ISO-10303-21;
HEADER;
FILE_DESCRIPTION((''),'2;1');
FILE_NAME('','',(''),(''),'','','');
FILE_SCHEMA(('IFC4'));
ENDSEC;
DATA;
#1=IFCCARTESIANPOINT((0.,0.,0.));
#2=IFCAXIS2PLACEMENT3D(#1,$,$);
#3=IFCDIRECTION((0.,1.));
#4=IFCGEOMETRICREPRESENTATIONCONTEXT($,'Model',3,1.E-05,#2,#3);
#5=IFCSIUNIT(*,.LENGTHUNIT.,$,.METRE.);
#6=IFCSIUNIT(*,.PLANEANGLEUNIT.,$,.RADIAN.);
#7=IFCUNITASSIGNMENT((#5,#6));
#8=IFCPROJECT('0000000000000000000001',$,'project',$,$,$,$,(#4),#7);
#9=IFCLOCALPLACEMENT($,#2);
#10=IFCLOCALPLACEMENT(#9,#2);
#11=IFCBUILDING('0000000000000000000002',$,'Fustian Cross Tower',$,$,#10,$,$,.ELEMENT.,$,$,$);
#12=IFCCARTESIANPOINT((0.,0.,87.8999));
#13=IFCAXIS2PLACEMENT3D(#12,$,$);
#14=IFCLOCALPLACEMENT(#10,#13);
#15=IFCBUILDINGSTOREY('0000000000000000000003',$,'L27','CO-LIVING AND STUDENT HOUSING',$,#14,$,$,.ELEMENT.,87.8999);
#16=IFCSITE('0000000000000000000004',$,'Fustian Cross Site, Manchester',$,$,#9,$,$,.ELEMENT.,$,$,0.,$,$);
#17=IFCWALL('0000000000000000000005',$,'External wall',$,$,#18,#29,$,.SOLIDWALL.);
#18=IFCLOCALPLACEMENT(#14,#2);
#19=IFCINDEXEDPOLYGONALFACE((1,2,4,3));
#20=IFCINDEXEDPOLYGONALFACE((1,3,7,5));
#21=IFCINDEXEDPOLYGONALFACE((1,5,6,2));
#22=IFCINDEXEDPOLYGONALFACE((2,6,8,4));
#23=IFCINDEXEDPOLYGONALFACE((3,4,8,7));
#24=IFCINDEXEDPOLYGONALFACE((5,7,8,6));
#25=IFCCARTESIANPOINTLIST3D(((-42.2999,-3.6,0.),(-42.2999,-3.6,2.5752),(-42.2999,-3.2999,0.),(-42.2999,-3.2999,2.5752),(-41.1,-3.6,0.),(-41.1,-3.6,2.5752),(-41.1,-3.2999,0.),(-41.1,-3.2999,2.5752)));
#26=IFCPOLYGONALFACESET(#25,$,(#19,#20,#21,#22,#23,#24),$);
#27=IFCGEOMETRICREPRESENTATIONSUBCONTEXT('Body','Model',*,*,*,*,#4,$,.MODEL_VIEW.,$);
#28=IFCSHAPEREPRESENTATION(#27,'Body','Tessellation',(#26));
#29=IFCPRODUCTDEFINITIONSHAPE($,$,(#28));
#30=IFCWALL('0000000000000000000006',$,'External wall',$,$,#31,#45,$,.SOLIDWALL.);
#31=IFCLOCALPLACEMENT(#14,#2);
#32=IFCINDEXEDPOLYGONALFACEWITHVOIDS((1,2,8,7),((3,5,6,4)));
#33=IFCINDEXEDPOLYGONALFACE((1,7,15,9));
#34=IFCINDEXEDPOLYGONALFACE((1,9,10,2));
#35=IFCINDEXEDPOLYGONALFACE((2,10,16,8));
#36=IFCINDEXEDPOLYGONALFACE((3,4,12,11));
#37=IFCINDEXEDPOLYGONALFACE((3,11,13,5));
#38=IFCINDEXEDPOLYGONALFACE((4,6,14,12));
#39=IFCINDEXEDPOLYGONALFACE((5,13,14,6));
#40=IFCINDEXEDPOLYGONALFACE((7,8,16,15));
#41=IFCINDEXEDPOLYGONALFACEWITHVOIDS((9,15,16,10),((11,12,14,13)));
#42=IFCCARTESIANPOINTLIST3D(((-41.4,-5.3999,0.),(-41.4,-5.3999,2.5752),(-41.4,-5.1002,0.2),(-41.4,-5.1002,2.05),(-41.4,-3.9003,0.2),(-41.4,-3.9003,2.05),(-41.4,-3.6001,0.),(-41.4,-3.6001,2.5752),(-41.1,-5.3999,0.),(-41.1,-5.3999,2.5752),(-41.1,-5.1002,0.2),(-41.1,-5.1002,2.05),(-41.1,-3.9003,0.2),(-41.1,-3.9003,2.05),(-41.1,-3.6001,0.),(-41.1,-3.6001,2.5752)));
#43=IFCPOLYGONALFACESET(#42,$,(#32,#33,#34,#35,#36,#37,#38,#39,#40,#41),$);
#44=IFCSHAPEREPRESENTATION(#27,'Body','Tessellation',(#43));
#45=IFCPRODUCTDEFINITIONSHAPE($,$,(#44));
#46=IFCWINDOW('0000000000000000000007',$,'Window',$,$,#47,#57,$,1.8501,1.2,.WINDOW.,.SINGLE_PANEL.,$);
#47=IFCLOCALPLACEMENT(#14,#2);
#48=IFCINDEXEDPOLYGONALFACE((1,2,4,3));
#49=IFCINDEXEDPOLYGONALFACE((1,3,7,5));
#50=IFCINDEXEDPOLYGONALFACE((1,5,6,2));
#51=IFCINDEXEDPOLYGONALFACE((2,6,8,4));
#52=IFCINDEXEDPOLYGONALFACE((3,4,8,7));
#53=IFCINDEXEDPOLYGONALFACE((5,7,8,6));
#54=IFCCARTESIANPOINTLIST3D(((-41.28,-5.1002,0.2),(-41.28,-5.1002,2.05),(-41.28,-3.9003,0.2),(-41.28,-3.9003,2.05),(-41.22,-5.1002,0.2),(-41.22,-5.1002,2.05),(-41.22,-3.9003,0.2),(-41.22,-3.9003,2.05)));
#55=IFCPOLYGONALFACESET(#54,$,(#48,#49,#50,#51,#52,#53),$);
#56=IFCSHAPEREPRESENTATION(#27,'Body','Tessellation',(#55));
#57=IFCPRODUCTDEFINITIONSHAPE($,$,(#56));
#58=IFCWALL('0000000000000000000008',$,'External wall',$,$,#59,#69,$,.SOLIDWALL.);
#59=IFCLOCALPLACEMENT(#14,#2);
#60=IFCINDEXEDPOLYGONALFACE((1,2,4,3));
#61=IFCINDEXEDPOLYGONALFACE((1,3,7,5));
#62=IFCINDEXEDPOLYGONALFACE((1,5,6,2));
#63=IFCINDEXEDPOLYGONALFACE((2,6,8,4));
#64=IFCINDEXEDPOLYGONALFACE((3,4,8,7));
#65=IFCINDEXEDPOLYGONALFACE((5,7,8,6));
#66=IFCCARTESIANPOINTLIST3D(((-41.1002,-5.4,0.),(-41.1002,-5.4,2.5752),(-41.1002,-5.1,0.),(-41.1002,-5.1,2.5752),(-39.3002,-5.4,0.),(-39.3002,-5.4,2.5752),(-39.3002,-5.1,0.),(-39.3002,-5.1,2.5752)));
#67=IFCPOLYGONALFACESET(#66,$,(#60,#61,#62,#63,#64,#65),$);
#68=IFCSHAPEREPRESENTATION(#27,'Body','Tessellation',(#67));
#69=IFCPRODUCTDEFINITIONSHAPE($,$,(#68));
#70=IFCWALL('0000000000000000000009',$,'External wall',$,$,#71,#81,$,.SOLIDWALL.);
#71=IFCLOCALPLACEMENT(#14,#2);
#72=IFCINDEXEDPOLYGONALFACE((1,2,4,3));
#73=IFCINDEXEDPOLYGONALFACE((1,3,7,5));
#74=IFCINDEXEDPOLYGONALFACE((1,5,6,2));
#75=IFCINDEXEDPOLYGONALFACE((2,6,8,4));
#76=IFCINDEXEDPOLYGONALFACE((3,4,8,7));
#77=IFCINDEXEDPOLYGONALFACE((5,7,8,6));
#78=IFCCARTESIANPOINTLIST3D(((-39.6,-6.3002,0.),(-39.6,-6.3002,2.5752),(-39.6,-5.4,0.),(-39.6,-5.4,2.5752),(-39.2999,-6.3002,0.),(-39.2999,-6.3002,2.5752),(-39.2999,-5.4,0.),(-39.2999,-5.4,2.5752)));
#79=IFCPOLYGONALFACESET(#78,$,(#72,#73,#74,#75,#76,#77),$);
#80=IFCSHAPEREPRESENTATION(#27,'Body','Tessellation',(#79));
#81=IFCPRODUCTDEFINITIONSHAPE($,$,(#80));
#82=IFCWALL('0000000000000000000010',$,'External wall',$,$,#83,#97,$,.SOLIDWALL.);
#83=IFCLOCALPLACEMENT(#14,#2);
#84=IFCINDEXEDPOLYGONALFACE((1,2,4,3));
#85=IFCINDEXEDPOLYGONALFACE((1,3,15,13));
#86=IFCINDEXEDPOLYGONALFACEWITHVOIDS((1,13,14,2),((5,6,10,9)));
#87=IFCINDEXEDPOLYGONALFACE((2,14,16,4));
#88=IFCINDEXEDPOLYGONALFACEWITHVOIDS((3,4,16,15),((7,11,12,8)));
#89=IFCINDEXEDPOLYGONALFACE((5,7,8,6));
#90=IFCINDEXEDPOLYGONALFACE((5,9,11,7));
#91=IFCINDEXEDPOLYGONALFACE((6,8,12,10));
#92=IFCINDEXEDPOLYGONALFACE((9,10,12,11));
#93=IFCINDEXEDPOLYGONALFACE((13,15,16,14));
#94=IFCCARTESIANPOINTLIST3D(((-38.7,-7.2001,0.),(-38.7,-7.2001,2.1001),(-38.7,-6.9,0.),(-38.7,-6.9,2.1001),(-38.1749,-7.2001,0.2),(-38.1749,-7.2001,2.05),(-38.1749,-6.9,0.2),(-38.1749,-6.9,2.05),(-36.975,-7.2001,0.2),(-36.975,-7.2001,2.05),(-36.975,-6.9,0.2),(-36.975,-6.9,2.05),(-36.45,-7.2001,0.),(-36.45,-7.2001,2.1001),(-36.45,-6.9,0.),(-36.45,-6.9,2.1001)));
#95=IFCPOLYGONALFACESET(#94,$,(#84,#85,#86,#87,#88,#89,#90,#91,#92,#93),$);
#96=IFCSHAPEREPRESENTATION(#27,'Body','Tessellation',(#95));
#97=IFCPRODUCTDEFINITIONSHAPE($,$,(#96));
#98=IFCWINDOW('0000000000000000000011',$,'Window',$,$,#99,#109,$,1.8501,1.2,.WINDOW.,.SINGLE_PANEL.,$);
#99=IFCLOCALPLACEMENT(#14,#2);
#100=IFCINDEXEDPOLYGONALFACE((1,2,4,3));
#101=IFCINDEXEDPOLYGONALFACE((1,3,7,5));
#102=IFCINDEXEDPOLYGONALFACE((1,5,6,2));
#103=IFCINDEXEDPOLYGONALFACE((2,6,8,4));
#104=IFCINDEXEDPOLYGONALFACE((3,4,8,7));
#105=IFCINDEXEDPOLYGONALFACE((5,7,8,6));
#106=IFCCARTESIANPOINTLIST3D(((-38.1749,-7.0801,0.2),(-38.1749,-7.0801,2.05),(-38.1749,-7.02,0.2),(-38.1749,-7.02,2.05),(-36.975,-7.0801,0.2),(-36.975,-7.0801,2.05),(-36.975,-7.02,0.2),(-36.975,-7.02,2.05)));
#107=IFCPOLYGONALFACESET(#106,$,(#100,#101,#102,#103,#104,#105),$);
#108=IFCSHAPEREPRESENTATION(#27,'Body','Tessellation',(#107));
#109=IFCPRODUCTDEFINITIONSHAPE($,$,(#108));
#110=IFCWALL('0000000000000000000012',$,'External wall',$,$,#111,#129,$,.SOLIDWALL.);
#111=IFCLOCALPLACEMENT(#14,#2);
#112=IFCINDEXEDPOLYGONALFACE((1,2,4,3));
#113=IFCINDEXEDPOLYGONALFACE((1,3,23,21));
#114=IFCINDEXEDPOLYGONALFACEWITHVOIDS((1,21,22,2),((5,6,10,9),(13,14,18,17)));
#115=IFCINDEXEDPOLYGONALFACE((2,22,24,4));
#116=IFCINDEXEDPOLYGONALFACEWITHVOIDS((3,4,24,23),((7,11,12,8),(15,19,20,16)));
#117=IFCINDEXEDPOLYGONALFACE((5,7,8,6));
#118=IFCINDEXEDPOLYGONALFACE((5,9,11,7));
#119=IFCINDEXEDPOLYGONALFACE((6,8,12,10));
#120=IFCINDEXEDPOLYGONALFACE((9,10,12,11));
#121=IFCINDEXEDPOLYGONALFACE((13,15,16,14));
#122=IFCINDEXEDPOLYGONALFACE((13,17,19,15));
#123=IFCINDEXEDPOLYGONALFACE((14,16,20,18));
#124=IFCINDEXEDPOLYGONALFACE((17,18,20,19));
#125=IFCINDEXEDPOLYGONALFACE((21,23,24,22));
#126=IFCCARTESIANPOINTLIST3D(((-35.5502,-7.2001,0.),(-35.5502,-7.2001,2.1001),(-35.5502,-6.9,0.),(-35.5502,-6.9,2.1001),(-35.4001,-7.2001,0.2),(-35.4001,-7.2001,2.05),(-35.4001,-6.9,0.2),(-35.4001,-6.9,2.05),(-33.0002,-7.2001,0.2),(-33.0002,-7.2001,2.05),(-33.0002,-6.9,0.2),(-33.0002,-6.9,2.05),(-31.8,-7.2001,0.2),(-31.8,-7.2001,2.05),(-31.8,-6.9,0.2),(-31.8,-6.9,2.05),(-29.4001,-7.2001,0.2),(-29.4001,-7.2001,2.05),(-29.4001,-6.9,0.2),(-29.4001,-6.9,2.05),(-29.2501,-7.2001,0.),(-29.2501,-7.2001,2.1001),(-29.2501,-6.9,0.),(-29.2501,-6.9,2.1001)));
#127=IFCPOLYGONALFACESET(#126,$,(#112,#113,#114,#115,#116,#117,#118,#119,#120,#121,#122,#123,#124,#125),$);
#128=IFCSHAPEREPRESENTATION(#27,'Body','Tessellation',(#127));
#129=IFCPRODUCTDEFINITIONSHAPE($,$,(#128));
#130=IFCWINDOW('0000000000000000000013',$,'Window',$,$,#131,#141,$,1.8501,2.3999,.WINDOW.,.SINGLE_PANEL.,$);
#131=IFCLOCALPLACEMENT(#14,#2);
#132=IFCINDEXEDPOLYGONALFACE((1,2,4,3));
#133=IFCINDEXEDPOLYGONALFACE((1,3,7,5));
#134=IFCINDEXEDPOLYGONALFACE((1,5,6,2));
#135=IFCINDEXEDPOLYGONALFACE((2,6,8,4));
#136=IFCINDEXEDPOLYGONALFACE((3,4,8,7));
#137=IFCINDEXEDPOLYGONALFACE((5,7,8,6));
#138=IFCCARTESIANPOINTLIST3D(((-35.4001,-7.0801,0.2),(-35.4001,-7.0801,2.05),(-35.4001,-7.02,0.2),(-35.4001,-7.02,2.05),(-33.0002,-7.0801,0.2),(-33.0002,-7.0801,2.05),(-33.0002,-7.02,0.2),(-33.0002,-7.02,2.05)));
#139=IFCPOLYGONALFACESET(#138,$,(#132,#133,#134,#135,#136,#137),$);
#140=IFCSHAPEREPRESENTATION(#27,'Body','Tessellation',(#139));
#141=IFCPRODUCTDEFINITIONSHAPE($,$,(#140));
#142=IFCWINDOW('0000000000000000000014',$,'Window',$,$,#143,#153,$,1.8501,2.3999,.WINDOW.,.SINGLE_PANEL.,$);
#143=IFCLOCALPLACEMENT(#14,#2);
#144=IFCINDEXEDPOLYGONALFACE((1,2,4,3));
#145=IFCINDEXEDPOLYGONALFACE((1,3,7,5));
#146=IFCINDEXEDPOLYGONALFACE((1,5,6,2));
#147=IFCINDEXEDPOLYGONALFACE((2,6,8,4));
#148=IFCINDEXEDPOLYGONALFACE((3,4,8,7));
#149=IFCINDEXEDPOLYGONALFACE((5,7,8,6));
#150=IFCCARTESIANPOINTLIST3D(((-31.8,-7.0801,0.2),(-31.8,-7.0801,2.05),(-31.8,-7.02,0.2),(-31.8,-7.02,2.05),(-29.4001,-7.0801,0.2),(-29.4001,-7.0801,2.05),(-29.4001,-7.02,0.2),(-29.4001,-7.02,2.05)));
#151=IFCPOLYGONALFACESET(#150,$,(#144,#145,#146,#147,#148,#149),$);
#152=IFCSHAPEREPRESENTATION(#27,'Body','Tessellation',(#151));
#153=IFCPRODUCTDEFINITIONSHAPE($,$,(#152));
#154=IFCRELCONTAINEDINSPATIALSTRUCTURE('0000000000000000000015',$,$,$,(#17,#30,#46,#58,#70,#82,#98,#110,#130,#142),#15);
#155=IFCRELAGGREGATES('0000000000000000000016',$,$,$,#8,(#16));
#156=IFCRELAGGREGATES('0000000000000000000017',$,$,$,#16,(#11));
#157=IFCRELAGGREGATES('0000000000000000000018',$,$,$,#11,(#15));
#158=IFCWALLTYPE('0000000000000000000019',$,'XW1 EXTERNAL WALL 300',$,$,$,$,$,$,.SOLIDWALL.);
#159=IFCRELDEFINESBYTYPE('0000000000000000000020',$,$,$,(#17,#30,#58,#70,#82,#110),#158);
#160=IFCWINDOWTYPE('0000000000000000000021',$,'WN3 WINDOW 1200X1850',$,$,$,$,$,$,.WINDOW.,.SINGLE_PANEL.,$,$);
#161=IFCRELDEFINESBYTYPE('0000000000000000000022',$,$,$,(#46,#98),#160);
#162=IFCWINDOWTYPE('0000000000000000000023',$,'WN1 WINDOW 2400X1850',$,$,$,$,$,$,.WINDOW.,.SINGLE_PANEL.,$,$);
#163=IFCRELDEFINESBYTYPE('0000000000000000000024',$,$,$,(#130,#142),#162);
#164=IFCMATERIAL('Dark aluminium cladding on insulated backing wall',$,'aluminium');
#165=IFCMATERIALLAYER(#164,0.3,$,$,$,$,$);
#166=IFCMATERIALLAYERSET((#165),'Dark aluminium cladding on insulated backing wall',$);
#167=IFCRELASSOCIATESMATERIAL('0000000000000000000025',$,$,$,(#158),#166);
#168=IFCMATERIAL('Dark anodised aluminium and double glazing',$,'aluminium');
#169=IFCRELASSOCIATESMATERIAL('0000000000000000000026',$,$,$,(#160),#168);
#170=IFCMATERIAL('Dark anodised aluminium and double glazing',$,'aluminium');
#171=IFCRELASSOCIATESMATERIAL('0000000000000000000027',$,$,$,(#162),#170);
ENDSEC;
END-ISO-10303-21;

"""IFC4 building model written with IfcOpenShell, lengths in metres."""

from ifc_helpers import new_model, si_unit, direction, frame, frame_2d, origin, place, context, subcontext, project, spatial, rectangle, extrude, material, layer, layer_set, type_object, element, fill, save


model = new_model("IFC4")

# Units and contexts
model_context = context("Model", 3, precision=1e-05, world=origin(), true_north=direction((0.0, 1.0)))
body_context = subcontext(model_context, "Body", "Model", "MODEL_VIEW")
ifc_project = project(units=[si_unit("LENGTHUNIT", "METRE"), si_unit("PLANEANGLEUNIT", "RADIAN")], contexts=[model_context])

# Site, building, storey
site_placement = place(None, origin())
site = spatial("IfcSite", under=ifc_project, at=site_placement, Name="Fustian Cross Site, Manchester", CompositionType="ELEMENT", RefElevation=0.0)
building_placement = place(site_placement, origin())
building = spatial("IfcBuilding", under=site, at=building_placement, Name="Fustian Cross Tower", CompositionType="ELEMENT")
storey_placement = place(building_placement, frame((0.0, 0.0, 87.8999)))
storey = spatial("IfcBuildingStorey", under=building, at=storey_placement, Name="L27", Description="CO-LIVING AND STUDENT HOUSING", CompositionType="ELEMENT", Elevation=87.8999)

# Wall
ifc_material_1 = material(Name="Dark aluminium cladding on insulated backing wall", Category="aluminium")
ifc_layer_1 = layer(ifc_material_1, 0.3)
ifc_layer_set_1 = layer_set([ifc_layer_1], Name="Dark aluminium cladding on insulated backing wall")
wall_type_1 = type_object("IfcWallType", Name="XW1 EXTERNAL WALL 300", PredefinedType="SOLIDWALL", material=ifc_layer_set_1)
wall_1_placement = place(storey_placement, frame((-42.3, -3.45, 0.0), z_axis=(0.0, 0.0, 1.0), x_axis=(1.0, 0.0, 0.0)))
element("IfcWall", 1, at=wall_1_placement, inside=storey, type_object=wall_type_1, Name="External wall", PredefinedType="SOLIDWALL", context=body_context, shape_type="SweptSolid", body=[
    extrude(rectangle(XDim=1.2, YDim=0.3, at=frame_2d((0.6001, 0.0))), origin(), (0.0, 0.0, 1.0), 2.5752),
])

# Wall, opening, window
wall_2_placement = place(storey_placement, frame((-41.25, -3.6001, 0.0), z_axis=(0.0, 0.0, 1.0), x_axis=(0.0, -1.0, 0.0)))
wall_2 = element("IfcWall", 2, at=wall_2_placement, inside=storey, type_object=wall_type_1, Name="External wall", PredefinedType="SOLIDWALL", context=body_context, shape_type="SweptSolid", body=[
    extrude(rectangle(XDim=1.7998, YDim=0.3, at=frame_2d((0.8999, 0.0))), origin(), (0.0, 0.0, 1.0), 2.5752),
])
opening_1_placement = place(wall_2_placement, frame((0.3, 0.0, 0.2)))
opening_1 = element("IfcOpeningElement", 3, at=opening_1_placement, cuts=wall_2, PredefinedType="OPENING", context=body_context, shape_type="SweptSolid", body=[
    extrude(rectangle(XDim=1.2, YDim=1.8501, at=frame_2d((0.6001, 0.925))), frame((0.0, 0.1599, 0.0), z_axis=(0.0, -1.0, 0.0), x_axis=(1.0, 0.0, 0.0)), (0.0, 0.0, 1.0), 0.3201),
])
ifc_material_2 = material(Name="Dark anodised aluminium and double glazing", Category="aluminium")
window_type_1 = type_object("IfcWindowType", Name="WN3 WINDOW 1200X1850", PartitioningType="SINGLE_PANEL", PredefinedType="WINDOW", material=ifc_material_2)
window_1_placement = place(opening_1_placement, origin())
window_1 = element("IfcWindow", 4, at=window_1_placement, inside=storey, type_object=window_type_1, Name="Window", OverallHeight=1.8501, OverallWidth=1.2, PartitioningType="SINGLE_PANEL", PredefinedType="WINDOW", context=body_context, shape_type="SweptSolid", body=[
    extrude(rectangle(XDim=1.2, YDim=1.8501, at=frame_2d((0.6001, 0.925))), frame((0.0, 0.03, 0.0), z_axis=(0.0, -1.0, 0.0), x_axis=(1.0, 0.0, 0.0)), (0.0, 0.0, 1.0), 0.0601),
])
fill(opening_1, window_1)

# Walls
wall_3_placement = place(storey_placement, frame((-41.1001, -5.25, 0.0), z_axis=(0.0, 0.0, 1.0), x_axis=(1.0, 0.0, 0.0)))
element("IfcWall", 5, at=wall_3_placement, inside=storey, type_object=wall_type_1, Name="External wall", PredefinedType="SOLIDWALL", context=body_context, shape_type="SweptSolid", body=[
    extrude(rectangle(XDim=1.8, YDim=0.3, at=frame_2d((0.8999, 0.0))), origin(), (0.0, 0.0, 1.0), 2.5752),
])
wall_4_placement = place(storey_placement, frame((-39.45, -5.3999, 0.0), z_axis=(0.0, 0.0, 1.0), x_axis=(0.0, -1.0, 0.0)))
element("IfcWall", 6, at=wall_4_placement, inside=storey, type_object=wall_type_1, Name="External wall", PredefinedType="SOLIDWALL", context=body_context, shape_type="SweptSolid", body=[
    extrude(rectangle(XDim=0.9001, YDim=0.3, at=frame_2d((0.4502, 0.0))), origin(), (0.0, 0.0, 1.0), 2.5752),
])

# Wall, opening, window
wall_5_placement = place(storey_placement, frame((-38.7, -7.05, 0.0), z_axis=(0.0, 0.0, 1.0), x_axis=(1.0, 0.0, 0.0)))
wall_5 = element("IfcWall", 7, at=wall_5_placement, inside=storey, type_object=wall_type_1, Name="External wall", PredefinedType="SOLIDWALL", context=body_context, shape_type="SweptSolid", body=[
    extrude(rectangle(XDim=2.25, YDim=0.3, at=frame_2d((1.125, 0.0))), origin(), (0.0, 0.0, 1.0), 2.1001),
])
opening_2_placement = place(wall_5_placement, frame((0.5249, 0.0, 0.2)))
opening_2 = element("IfcOpeningElement", 8, at=opening_2_placement, cuts=wall_5, PredefinedType="OPENING", context=body_context, shape_type="SweptSolid", body=[
    extrude(rectangle(XDim=1.2, YDim=1.8501, at=frame_2d((0.6001, 0.925))), frame((0.0, 0.1599, 0.0), z_axis=(0.0, -1.0, 0.0), x_axis=(1.0, 0.0, 0.0)), (0.0, 0.0, 1.0), 0.3201),
])
window_2_placement = place(opening_2_placement, origin())
window_2 = element("IfcWindow", 9, at=window_2_placement, inside=storey, type_object=window_type_1, Name="Window", OverallHeight=1.8501, OverallWidth=1.2, PartitioningType="SINGLE_PANEL", PredefinedType="WINDOW", context=body_context, shape_type="SweptSolid", body=[
    extrude(rectangle(XDim=1.2, YDim=1.8501, at=frame_2d((0.6001, 0.925))), frame((0.0, 0.03, 0.0), z_axis=(0.0, -1.0, 0.0), x_axis=(1.0, 0.0, 0.0)), (0.0, 0.0, 1.0), 0.0601),
])
fill(opening_2, window_2)

# Wall, openings, windows
wall_6_placement = place(storey_placement, frame((-35.55, -7.05, 0.0), z_axis=(0.0, 0.0, 1.0), x_axis=(1.0, 0.0, 0.0)))
wall_6 = element("IfcWall", 10, at=wall_6_placement, inside=storey, type_object=wall_type_1, Name="External wall", PredefinedType="SOLIDWALL", context=body_context, shape_type="SweptSolid", body=[
    extrude(rectangle(XDim=6.3, YDim=0.3, at=frame_2d((3.1499, 0.0))), origin(), (0.0, 0.0, 1.0), 2.1001),
])
opening_3_placement = place(wall_6_placement, frame((0.1499, 0.0, 0.2)))
opening_3 = element("IfcOpeningElement", 11, at=opening_3_placement, cuts=wall_6, PredefinedType="OPENING", context=body_context, shape_type="SweptSolid", body=[
    extrude(rectangle(XDim=2.3999, YDim=1.8501, at=frame_2d((1.2, 0.925))), frame((0.0, 0.1599, 0.0), z_axis=(0.0, -1.0, 0.0), x_axis=(1.0, 0.0, 0.0)), (0.0, 0.0, 1.0), 0.3201),
])
opening_4_placement = place(wall_6_placement, frame((3.75, 0.0, 0.2)))
opening_4 = element("IfcOpeningElement", 12, at=opening_4_placement, cuts=wall_6, PredefinedType="OPENING", context=body_context, shape_type="SweptSolid", body=[
    extrude(rectangle(XDim=2.3999, YDim=1.8501, at=frame_2d((1.2, 0.925))), frame((0.0, 0.1599, 0.0), z_axis=(0.0, -1.0, 0.0), x_axis=(1.0, 0.0, 0.0)), (0.0, 0.0, 1.0), 0.3201),
])
ifc_material_3 = material(Name="Dark anodised aluminium and double glazing", Category="aluminium")
window_type_2 = type_object("IfcWindowType", Name="WN1 WINDOW 2400X1850", PartitioningType="SINGLE_PANEL", PredefinedType="WINDOW", material=ifc_material_3)
window_3_placement = place(opening_3_placement, origin())
window_3 = element("IfcWindow", 13, at=window_3_placement, inside=storey, type_object=window_type_2, Name="Window", OverallHeight=1.8501, OverallWidth=2.3999, PartitioningType="SINGLE_PANEL", PredefinedType="WINDOW", context=body_context, shape_type="SweptSolid", body=[
    extrude(rectangle(XDim=2.3999, YDim=1.8501, at=frame_2d((1.2, 0.925))), frame((0.0, 0.03, 0.0), z_axis=(0.0, -1.0, 0.0), x_axis=(1.0, 0.0, 0.0)), (0.0, 0.0, 1.0), 0.0601),
])
fill(opening_3, window_3)
window_4_placement = place(opening_4_placement, origin())
window_4 = element("IfcWindow", 14, at=window_4_placement, inside=storey, type_object=window_type_2, Name="Window", OverallHeight=1.8501, OverallWidth=2.3999, PartitioningType="SINGLE_PANEL", PredefinedType="WINDOW", context=body_context, shape_type="SweptSolid", body=[
    extrude(rectangle(XDim=2.3999, YDim=1.8501, at=frame_2d((1.2, 0.925))), frame((0.0, 0.03, 0.0), z_axis=(0.0, -1.0, 0.0), x_axis=(1.0, 0.0, 0.0)), (0.0, 0.0, 1.0), 0.0601),
])
fill(opening_4, window_4)

save(model, "model.ifc")
